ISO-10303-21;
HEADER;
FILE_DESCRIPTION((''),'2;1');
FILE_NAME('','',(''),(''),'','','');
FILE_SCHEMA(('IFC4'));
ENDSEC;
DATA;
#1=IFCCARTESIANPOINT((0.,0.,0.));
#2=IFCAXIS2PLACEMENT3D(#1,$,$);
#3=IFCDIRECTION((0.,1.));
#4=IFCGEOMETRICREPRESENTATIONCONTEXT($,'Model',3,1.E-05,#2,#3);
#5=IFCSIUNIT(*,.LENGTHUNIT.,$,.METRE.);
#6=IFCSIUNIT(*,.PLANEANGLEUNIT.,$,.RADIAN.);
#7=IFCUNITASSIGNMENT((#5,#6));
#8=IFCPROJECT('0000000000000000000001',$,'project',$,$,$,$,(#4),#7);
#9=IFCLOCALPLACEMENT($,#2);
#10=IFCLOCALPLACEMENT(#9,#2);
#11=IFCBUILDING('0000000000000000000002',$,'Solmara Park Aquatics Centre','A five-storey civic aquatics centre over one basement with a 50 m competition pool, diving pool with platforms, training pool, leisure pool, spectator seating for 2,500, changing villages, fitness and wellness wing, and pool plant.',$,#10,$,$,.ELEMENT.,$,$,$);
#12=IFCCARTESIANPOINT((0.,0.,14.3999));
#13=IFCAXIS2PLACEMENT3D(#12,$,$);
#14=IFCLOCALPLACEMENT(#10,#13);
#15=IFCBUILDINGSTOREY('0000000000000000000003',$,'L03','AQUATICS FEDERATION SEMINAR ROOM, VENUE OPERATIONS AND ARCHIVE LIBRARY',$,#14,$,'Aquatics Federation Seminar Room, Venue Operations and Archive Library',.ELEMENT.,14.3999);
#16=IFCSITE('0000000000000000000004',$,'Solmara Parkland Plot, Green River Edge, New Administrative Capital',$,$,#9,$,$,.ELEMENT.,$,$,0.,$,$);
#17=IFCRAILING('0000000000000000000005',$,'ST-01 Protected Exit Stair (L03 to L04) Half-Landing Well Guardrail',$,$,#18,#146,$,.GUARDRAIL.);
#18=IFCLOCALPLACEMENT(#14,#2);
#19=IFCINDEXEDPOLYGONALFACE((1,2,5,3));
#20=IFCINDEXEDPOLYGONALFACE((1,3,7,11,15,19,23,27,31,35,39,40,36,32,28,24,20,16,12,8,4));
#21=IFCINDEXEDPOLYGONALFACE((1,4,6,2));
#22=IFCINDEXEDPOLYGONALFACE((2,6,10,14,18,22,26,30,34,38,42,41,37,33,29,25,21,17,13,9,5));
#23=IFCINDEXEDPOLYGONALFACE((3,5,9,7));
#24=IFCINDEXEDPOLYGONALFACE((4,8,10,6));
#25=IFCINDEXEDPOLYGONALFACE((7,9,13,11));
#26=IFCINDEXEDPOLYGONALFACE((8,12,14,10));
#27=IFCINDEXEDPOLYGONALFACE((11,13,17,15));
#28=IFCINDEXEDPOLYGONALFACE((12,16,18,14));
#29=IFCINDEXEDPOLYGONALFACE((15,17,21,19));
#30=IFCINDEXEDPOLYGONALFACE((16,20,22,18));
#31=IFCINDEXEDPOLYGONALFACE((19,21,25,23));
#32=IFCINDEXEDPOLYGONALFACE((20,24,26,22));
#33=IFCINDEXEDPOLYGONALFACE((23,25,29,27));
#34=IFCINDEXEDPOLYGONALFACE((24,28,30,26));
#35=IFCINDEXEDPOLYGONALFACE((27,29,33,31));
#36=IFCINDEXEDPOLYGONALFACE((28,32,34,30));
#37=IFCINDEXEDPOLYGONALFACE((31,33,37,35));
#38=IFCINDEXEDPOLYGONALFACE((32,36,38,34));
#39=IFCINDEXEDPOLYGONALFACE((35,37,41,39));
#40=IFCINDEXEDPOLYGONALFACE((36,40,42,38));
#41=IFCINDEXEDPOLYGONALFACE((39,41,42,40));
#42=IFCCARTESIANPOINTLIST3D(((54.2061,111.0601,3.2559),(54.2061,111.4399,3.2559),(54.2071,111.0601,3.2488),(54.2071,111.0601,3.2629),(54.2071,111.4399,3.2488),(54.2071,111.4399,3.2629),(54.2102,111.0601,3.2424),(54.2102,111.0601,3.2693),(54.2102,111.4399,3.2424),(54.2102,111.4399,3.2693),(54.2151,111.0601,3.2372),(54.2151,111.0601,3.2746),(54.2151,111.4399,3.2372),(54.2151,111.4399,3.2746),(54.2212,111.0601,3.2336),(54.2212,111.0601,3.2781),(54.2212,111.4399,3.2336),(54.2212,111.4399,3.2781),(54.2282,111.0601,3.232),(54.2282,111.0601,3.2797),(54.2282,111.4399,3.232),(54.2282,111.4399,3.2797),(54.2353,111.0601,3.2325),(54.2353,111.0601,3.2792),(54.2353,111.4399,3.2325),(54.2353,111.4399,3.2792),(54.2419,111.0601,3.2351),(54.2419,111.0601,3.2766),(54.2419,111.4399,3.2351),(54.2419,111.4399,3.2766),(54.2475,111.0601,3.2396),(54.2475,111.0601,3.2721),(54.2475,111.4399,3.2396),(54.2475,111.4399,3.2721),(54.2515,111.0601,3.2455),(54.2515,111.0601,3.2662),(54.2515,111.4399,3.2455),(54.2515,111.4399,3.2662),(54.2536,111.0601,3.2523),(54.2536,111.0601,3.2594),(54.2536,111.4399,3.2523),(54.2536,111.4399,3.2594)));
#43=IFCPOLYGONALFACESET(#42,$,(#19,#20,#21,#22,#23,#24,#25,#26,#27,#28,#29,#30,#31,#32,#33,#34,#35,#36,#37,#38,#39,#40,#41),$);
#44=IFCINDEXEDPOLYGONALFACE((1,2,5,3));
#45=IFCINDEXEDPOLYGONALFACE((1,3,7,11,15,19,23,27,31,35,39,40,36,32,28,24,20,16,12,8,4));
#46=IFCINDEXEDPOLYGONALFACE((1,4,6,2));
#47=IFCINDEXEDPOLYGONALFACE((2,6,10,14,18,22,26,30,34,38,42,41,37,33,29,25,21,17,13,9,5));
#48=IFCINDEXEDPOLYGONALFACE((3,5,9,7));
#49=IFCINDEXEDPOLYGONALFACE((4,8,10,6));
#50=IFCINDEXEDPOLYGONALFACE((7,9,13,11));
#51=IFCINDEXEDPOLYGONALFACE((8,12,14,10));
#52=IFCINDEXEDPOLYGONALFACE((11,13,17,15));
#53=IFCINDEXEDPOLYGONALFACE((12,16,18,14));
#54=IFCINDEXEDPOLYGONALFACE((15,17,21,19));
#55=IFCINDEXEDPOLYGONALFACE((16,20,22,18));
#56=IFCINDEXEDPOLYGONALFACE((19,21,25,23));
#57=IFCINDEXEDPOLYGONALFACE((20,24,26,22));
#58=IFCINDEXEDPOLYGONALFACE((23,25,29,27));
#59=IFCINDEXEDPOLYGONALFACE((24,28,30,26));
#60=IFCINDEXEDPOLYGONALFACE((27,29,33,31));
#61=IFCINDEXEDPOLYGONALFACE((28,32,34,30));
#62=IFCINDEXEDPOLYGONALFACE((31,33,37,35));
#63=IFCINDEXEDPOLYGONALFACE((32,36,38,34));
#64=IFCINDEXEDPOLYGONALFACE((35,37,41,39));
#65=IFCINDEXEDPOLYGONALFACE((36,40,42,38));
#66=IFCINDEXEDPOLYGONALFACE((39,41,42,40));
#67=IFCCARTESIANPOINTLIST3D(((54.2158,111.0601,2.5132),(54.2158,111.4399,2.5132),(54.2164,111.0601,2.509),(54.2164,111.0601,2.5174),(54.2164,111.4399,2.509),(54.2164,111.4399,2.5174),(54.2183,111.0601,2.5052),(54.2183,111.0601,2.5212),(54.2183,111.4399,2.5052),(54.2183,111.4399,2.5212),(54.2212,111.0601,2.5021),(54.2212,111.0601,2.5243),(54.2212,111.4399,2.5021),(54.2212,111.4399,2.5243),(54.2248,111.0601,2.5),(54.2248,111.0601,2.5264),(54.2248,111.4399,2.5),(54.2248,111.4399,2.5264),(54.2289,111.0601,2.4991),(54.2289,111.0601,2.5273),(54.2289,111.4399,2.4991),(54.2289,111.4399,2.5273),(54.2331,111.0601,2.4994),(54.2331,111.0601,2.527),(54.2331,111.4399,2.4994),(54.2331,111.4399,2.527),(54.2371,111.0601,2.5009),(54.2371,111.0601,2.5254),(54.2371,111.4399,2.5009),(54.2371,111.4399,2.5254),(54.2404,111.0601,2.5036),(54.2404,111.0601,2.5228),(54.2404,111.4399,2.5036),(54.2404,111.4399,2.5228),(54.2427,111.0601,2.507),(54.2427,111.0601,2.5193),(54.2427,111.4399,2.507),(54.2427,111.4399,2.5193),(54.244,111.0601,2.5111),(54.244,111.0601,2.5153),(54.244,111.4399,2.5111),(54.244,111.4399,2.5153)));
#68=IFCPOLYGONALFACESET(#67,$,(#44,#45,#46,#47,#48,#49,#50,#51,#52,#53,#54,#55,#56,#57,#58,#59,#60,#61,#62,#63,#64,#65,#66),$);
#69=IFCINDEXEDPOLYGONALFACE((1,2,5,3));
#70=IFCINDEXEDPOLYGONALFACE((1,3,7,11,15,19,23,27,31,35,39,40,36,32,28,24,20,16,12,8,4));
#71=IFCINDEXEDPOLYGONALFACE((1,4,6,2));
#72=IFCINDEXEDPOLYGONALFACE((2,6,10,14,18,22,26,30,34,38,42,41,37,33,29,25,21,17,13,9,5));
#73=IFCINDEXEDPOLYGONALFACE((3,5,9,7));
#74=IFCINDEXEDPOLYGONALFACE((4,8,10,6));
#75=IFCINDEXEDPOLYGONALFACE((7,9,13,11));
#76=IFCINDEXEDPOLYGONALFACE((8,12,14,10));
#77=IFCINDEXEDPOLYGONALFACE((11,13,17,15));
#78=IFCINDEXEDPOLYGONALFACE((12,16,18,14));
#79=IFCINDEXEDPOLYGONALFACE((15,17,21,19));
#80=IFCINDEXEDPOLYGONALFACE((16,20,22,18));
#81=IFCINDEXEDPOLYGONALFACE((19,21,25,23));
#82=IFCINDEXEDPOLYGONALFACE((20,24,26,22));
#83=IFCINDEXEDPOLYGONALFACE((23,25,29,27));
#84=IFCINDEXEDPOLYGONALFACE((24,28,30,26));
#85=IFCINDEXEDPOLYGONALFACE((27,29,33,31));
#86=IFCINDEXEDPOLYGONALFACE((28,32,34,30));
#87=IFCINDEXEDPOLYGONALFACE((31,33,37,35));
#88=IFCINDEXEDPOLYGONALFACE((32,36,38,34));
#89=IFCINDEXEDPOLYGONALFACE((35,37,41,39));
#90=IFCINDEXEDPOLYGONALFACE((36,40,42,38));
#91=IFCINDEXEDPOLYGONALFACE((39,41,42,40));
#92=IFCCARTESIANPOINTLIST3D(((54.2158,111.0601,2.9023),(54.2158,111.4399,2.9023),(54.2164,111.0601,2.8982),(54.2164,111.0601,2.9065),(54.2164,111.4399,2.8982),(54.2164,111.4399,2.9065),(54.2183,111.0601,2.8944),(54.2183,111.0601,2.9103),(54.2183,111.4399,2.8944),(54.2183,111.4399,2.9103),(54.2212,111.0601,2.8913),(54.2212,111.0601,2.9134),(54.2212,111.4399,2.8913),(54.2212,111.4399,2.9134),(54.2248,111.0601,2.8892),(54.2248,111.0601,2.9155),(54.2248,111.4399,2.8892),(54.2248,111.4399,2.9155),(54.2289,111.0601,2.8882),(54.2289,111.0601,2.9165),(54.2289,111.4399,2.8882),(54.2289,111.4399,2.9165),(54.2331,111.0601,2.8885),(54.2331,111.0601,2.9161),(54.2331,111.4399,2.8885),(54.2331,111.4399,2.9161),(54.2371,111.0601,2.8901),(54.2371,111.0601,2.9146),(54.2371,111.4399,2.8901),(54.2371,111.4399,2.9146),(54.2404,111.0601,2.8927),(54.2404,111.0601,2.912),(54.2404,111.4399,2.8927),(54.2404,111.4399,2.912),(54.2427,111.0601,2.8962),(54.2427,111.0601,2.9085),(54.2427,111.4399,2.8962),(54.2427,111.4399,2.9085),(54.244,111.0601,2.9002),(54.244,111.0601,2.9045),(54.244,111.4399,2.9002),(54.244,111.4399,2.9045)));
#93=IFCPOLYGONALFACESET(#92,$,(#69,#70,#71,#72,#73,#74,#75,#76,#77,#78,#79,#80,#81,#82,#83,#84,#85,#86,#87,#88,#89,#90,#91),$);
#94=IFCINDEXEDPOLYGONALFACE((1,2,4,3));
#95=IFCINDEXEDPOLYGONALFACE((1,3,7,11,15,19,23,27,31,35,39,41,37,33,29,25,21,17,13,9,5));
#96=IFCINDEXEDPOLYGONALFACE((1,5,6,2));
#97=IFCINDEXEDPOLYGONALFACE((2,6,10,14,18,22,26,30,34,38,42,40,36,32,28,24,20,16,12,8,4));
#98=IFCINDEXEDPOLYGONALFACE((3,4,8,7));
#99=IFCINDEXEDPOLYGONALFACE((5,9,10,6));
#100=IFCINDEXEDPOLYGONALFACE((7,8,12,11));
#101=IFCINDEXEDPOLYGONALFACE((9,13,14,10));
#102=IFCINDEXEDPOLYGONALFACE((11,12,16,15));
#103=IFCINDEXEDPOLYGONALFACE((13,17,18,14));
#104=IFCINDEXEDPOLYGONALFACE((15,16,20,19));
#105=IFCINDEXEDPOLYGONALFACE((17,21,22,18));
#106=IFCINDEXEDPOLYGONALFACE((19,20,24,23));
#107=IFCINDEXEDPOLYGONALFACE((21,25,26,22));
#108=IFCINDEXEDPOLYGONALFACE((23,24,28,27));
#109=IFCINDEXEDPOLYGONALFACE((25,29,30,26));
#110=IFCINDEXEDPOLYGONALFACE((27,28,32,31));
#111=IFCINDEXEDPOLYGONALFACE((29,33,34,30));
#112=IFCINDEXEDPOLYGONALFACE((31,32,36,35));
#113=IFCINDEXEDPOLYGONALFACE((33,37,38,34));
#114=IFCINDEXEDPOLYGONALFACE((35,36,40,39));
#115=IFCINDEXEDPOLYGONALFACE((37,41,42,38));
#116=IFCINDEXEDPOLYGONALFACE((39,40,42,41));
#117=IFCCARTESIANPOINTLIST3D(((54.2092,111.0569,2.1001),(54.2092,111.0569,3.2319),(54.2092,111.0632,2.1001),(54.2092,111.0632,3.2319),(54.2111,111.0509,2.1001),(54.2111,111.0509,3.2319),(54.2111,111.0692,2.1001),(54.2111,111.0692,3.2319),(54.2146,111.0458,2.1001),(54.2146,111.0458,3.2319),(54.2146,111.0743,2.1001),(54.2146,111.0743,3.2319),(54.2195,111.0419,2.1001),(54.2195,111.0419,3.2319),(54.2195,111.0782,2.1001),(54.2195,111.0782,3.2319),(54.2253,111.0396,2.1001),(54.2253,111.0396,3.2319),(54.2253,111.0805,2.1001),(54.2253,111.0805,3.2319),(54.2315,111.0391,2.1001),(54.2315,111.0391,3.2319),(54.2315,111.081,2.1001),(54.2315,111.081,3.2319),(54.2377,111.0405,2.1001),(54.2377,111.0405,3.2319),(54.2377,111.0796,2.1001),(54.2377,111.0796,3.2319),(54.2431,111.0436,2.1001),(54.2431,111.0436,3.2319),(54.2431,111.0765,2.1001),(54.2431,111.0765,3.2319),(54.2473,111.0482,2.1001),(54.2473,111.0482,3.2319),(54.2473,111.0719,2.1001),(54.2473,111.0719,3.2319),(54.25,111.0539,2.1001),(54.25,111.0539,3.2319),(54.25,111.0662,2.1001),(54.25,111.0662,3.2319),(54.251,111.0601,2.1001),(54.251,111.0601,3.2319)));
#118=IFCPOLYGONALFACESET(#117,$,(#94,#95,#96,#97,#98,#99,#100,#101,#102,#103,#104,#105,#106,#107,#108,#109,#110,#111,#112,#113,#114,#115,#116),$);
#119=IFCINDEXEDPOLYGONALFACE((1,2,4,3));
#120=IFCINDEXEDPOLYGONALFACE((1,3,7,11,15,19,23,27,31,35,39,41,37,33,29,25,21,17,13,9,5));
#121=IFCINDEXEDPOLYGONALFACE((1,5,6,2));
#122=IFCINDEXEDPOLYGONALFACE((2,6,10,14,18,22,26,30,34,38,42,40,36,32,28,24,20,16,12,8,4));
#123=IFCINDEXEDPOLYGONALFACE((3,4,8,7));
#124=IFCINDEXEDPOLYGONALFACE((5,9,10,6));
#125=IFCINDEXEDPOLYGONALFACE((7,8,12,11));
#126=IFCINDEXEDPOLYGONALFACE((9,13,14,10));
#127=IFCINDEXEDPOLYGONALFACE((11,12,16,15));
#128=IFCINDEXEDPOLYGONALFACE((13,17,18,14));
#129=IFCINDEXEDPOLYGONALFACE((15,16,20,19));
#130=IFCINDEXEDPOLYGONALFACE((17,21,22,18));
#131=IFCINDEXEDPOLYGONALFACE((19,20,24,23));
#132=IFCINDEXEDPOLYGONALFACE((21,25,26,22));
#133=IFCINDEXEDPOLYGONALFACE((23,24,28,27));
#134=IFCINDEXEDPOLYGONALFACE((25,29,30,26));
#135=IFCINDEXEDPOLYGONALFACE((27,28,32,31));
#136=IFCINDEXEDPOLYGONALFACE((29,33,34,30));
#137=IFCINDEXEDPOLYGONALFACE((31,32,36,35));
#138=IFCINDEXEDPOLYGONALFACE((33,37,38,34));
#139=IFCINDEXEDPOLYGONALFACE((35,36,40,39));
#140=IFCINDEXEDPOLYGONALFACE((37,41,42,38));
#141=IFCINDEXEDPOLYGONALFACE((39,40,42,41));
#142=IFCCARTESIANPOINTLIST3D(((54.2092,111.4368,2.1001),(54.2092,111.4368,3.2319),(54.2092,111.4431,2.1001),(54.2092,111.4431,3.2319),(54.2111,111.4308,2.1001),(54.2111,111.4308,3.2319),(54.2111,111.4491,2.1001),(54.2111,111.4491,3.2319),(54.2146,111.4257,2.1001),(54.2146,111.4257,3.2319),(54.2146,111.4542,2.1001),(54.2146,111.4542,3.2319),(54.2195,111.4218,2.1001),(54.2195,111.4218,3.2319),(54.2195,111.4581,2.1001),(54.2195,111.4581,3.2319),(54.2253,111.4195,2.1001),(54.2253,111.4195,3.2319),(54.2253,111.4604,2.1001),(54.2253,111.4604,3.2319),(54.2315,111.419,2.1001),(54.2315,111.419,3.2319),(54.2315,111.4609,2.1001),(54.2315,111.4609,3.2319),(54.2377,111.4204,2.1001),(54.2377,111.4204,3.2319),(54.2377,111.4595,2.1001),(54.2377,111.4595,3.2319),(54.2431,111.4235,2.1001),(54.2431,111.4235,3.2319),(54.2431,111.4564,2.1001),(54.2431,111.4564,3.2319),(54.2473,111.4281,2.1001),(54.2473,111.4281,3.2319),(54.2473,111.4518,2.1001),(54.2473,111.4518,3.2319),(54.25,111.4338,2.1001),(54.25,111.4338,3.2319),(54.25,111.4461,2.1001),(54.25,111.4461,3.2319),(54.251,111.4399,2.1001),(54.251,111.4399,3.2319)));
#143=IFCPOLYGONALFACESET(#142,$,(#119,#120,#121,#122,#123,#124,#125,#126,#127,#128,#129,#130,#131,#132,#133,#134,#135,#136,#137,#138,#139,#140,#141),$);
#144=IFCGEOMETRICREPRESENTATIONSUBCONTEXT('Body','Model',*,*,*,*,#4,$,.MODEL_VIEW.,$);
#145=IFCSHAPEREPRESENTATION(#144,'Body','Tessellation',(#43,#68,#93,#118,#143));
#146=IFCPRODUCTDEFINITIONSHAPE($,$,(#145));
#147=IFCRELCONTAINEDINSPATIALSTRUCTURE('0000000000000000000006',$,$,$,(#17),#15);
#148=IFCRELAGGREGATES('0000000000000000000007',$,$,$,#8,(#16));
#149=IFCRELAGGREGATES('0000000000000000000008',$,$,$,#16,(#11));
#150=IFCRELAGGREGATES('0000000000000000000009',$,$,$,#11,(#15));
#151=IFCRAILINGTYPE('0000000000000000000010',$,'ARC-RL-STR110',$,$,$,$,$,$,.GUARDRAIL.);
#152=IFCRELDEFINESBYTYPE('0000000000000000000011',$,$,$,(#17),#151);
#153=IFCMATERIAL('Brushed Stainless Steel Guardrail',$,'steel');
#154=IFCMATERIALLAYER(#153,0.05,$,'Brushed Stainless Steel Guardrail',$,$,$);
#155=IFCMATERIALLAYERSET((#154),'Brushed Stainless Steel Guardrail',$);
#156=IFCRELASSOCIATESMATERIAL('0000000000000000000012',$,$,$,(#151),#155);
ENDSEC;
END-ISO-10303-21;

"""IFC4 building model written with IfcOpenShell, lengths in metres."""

from ifc_helpers import new_model, si_unit, direction, frame, origin, origin_2d, place, context, subcontext, project, spatial, circle, extrude, material, layer, layer_set, type_object, element, save


model = new_model("IFC4")

# Units and contexts
model_context = context("Model", 3, precision=1e-05, world=origin(), true_north=direction((0.0, 1.0)))
body_context = subcontext(model_context, "Body", "Model", "MODEL_VIEW")
ifc_project = project(units=[si_unit("LENGTHUNIT", "METRE"), si_unit("PLANEANGLEUNIT", "RADIAN")], contexts=[model_context])

# Site, building, storey
site_placement = place(None, origin())
site = spatial("IfcSite", under=ifc_project, at=site_placement, Name="Solmara Parkland Plot, Green River Edge, New Administrative Capital", CompositionType="ELEMENT", RefElevation=0.0)
building_placement = place(site_placement, origin())
building = spatial("IfcBuilding", under=site, at=building_placement, Name="Solmara Park Aquatics Centre", Description="A five-storey civic aquatics centre over one basement with a 50 m competition pool, diving pool with platforms, training pool, leisure pool, spectator seating for 2,500, changing villages, fitness and wellness wing, and pool plant.", CompositionType="ELEMENT")
storey_placement = place(building_placement, frame((0.0, 0.0, 14.3999)))
storey = spatial("IfcBuildingStorey", under=building, at=storey_placement, Name="L03", Description="AQUATICS FEDERATION SEMINAR ROOM, VENUE OPERATIONS AND ARCHIVE LIBRARY", LongName="Aquatics Federation Seminar Room, Venue Operations and Archive Library", CompositionType="ELEMENT", Elevation=14.3999)

# Railing
ifc_material_1 = material(Name="Brushed Stainless Steel Guardrail", Category="steel")
ifc_layer_1 = layer(ifc_material_1, 0.05, Name="Brushed Stainless Steel Guardrail")
ifc_layer_set_1 = layer_set([ifc_layer_1], Name="Brushed Stainless Steel Guardrail")
railing_type_1 = type_object("IfcRailingType", Name="ARC-RL-STR110", PredefinedType="GUARDRAIL", material=ifc_layer_set_1)
railing_1_placement = place(storey_placement, frame((54.23, 111.0601, 2.1001)))
element("IfcRailing", 1, at=railing_1_placement, inside=storey, type_object=railing_type_1, Name="ST-01 Protected Exit Stair (L03 to L04) Half-Landing Well Guardrail", PredefinedType="GUARDRAIL", context=body_context, shape_type="SweptSolid", body=[
    extrude(circle(Radius=0.0239, at=origin_2d()), frame((0.0, 0.0, 1.1558), z_axis=(0.0, 1.0, 0.0), x_axis=(-1.0, 0.0, 0.0)), (0.0, 0.0, 1.0), 0.3799),
    extrude(circle(Radius=0.0142, at=origin_2d()), frame((0.0, 0.0, 0.4131), z_axis=(0.0, 1.0, 0.0), x_axis=(-1.0, 0.0, 0.0)), (0.0, 0.0, 1.0), 0.3799),
    extrude(circle(Radius=0.0142, at=origin_2d()), frame((0.0, 0.0, 0.8022), z_axis=(0.0, 1.0, 0.0), x_axis=(-1.0, 0.0, 0.0)), (0.0, 0.0, 1.0), 0.3799),
    extrude(circle(Radius=0.021, at=origin_2d()), origin(), (0.0, 0.0, 1.0), 1.1318),
    extrude(circle(Radius=0.021, at=origin_2d()), frame((0.0, 0.3799, 0.0)), (0.0, 0.0, 1.0), 1.1318),
])

save(model, "model.ifc")
